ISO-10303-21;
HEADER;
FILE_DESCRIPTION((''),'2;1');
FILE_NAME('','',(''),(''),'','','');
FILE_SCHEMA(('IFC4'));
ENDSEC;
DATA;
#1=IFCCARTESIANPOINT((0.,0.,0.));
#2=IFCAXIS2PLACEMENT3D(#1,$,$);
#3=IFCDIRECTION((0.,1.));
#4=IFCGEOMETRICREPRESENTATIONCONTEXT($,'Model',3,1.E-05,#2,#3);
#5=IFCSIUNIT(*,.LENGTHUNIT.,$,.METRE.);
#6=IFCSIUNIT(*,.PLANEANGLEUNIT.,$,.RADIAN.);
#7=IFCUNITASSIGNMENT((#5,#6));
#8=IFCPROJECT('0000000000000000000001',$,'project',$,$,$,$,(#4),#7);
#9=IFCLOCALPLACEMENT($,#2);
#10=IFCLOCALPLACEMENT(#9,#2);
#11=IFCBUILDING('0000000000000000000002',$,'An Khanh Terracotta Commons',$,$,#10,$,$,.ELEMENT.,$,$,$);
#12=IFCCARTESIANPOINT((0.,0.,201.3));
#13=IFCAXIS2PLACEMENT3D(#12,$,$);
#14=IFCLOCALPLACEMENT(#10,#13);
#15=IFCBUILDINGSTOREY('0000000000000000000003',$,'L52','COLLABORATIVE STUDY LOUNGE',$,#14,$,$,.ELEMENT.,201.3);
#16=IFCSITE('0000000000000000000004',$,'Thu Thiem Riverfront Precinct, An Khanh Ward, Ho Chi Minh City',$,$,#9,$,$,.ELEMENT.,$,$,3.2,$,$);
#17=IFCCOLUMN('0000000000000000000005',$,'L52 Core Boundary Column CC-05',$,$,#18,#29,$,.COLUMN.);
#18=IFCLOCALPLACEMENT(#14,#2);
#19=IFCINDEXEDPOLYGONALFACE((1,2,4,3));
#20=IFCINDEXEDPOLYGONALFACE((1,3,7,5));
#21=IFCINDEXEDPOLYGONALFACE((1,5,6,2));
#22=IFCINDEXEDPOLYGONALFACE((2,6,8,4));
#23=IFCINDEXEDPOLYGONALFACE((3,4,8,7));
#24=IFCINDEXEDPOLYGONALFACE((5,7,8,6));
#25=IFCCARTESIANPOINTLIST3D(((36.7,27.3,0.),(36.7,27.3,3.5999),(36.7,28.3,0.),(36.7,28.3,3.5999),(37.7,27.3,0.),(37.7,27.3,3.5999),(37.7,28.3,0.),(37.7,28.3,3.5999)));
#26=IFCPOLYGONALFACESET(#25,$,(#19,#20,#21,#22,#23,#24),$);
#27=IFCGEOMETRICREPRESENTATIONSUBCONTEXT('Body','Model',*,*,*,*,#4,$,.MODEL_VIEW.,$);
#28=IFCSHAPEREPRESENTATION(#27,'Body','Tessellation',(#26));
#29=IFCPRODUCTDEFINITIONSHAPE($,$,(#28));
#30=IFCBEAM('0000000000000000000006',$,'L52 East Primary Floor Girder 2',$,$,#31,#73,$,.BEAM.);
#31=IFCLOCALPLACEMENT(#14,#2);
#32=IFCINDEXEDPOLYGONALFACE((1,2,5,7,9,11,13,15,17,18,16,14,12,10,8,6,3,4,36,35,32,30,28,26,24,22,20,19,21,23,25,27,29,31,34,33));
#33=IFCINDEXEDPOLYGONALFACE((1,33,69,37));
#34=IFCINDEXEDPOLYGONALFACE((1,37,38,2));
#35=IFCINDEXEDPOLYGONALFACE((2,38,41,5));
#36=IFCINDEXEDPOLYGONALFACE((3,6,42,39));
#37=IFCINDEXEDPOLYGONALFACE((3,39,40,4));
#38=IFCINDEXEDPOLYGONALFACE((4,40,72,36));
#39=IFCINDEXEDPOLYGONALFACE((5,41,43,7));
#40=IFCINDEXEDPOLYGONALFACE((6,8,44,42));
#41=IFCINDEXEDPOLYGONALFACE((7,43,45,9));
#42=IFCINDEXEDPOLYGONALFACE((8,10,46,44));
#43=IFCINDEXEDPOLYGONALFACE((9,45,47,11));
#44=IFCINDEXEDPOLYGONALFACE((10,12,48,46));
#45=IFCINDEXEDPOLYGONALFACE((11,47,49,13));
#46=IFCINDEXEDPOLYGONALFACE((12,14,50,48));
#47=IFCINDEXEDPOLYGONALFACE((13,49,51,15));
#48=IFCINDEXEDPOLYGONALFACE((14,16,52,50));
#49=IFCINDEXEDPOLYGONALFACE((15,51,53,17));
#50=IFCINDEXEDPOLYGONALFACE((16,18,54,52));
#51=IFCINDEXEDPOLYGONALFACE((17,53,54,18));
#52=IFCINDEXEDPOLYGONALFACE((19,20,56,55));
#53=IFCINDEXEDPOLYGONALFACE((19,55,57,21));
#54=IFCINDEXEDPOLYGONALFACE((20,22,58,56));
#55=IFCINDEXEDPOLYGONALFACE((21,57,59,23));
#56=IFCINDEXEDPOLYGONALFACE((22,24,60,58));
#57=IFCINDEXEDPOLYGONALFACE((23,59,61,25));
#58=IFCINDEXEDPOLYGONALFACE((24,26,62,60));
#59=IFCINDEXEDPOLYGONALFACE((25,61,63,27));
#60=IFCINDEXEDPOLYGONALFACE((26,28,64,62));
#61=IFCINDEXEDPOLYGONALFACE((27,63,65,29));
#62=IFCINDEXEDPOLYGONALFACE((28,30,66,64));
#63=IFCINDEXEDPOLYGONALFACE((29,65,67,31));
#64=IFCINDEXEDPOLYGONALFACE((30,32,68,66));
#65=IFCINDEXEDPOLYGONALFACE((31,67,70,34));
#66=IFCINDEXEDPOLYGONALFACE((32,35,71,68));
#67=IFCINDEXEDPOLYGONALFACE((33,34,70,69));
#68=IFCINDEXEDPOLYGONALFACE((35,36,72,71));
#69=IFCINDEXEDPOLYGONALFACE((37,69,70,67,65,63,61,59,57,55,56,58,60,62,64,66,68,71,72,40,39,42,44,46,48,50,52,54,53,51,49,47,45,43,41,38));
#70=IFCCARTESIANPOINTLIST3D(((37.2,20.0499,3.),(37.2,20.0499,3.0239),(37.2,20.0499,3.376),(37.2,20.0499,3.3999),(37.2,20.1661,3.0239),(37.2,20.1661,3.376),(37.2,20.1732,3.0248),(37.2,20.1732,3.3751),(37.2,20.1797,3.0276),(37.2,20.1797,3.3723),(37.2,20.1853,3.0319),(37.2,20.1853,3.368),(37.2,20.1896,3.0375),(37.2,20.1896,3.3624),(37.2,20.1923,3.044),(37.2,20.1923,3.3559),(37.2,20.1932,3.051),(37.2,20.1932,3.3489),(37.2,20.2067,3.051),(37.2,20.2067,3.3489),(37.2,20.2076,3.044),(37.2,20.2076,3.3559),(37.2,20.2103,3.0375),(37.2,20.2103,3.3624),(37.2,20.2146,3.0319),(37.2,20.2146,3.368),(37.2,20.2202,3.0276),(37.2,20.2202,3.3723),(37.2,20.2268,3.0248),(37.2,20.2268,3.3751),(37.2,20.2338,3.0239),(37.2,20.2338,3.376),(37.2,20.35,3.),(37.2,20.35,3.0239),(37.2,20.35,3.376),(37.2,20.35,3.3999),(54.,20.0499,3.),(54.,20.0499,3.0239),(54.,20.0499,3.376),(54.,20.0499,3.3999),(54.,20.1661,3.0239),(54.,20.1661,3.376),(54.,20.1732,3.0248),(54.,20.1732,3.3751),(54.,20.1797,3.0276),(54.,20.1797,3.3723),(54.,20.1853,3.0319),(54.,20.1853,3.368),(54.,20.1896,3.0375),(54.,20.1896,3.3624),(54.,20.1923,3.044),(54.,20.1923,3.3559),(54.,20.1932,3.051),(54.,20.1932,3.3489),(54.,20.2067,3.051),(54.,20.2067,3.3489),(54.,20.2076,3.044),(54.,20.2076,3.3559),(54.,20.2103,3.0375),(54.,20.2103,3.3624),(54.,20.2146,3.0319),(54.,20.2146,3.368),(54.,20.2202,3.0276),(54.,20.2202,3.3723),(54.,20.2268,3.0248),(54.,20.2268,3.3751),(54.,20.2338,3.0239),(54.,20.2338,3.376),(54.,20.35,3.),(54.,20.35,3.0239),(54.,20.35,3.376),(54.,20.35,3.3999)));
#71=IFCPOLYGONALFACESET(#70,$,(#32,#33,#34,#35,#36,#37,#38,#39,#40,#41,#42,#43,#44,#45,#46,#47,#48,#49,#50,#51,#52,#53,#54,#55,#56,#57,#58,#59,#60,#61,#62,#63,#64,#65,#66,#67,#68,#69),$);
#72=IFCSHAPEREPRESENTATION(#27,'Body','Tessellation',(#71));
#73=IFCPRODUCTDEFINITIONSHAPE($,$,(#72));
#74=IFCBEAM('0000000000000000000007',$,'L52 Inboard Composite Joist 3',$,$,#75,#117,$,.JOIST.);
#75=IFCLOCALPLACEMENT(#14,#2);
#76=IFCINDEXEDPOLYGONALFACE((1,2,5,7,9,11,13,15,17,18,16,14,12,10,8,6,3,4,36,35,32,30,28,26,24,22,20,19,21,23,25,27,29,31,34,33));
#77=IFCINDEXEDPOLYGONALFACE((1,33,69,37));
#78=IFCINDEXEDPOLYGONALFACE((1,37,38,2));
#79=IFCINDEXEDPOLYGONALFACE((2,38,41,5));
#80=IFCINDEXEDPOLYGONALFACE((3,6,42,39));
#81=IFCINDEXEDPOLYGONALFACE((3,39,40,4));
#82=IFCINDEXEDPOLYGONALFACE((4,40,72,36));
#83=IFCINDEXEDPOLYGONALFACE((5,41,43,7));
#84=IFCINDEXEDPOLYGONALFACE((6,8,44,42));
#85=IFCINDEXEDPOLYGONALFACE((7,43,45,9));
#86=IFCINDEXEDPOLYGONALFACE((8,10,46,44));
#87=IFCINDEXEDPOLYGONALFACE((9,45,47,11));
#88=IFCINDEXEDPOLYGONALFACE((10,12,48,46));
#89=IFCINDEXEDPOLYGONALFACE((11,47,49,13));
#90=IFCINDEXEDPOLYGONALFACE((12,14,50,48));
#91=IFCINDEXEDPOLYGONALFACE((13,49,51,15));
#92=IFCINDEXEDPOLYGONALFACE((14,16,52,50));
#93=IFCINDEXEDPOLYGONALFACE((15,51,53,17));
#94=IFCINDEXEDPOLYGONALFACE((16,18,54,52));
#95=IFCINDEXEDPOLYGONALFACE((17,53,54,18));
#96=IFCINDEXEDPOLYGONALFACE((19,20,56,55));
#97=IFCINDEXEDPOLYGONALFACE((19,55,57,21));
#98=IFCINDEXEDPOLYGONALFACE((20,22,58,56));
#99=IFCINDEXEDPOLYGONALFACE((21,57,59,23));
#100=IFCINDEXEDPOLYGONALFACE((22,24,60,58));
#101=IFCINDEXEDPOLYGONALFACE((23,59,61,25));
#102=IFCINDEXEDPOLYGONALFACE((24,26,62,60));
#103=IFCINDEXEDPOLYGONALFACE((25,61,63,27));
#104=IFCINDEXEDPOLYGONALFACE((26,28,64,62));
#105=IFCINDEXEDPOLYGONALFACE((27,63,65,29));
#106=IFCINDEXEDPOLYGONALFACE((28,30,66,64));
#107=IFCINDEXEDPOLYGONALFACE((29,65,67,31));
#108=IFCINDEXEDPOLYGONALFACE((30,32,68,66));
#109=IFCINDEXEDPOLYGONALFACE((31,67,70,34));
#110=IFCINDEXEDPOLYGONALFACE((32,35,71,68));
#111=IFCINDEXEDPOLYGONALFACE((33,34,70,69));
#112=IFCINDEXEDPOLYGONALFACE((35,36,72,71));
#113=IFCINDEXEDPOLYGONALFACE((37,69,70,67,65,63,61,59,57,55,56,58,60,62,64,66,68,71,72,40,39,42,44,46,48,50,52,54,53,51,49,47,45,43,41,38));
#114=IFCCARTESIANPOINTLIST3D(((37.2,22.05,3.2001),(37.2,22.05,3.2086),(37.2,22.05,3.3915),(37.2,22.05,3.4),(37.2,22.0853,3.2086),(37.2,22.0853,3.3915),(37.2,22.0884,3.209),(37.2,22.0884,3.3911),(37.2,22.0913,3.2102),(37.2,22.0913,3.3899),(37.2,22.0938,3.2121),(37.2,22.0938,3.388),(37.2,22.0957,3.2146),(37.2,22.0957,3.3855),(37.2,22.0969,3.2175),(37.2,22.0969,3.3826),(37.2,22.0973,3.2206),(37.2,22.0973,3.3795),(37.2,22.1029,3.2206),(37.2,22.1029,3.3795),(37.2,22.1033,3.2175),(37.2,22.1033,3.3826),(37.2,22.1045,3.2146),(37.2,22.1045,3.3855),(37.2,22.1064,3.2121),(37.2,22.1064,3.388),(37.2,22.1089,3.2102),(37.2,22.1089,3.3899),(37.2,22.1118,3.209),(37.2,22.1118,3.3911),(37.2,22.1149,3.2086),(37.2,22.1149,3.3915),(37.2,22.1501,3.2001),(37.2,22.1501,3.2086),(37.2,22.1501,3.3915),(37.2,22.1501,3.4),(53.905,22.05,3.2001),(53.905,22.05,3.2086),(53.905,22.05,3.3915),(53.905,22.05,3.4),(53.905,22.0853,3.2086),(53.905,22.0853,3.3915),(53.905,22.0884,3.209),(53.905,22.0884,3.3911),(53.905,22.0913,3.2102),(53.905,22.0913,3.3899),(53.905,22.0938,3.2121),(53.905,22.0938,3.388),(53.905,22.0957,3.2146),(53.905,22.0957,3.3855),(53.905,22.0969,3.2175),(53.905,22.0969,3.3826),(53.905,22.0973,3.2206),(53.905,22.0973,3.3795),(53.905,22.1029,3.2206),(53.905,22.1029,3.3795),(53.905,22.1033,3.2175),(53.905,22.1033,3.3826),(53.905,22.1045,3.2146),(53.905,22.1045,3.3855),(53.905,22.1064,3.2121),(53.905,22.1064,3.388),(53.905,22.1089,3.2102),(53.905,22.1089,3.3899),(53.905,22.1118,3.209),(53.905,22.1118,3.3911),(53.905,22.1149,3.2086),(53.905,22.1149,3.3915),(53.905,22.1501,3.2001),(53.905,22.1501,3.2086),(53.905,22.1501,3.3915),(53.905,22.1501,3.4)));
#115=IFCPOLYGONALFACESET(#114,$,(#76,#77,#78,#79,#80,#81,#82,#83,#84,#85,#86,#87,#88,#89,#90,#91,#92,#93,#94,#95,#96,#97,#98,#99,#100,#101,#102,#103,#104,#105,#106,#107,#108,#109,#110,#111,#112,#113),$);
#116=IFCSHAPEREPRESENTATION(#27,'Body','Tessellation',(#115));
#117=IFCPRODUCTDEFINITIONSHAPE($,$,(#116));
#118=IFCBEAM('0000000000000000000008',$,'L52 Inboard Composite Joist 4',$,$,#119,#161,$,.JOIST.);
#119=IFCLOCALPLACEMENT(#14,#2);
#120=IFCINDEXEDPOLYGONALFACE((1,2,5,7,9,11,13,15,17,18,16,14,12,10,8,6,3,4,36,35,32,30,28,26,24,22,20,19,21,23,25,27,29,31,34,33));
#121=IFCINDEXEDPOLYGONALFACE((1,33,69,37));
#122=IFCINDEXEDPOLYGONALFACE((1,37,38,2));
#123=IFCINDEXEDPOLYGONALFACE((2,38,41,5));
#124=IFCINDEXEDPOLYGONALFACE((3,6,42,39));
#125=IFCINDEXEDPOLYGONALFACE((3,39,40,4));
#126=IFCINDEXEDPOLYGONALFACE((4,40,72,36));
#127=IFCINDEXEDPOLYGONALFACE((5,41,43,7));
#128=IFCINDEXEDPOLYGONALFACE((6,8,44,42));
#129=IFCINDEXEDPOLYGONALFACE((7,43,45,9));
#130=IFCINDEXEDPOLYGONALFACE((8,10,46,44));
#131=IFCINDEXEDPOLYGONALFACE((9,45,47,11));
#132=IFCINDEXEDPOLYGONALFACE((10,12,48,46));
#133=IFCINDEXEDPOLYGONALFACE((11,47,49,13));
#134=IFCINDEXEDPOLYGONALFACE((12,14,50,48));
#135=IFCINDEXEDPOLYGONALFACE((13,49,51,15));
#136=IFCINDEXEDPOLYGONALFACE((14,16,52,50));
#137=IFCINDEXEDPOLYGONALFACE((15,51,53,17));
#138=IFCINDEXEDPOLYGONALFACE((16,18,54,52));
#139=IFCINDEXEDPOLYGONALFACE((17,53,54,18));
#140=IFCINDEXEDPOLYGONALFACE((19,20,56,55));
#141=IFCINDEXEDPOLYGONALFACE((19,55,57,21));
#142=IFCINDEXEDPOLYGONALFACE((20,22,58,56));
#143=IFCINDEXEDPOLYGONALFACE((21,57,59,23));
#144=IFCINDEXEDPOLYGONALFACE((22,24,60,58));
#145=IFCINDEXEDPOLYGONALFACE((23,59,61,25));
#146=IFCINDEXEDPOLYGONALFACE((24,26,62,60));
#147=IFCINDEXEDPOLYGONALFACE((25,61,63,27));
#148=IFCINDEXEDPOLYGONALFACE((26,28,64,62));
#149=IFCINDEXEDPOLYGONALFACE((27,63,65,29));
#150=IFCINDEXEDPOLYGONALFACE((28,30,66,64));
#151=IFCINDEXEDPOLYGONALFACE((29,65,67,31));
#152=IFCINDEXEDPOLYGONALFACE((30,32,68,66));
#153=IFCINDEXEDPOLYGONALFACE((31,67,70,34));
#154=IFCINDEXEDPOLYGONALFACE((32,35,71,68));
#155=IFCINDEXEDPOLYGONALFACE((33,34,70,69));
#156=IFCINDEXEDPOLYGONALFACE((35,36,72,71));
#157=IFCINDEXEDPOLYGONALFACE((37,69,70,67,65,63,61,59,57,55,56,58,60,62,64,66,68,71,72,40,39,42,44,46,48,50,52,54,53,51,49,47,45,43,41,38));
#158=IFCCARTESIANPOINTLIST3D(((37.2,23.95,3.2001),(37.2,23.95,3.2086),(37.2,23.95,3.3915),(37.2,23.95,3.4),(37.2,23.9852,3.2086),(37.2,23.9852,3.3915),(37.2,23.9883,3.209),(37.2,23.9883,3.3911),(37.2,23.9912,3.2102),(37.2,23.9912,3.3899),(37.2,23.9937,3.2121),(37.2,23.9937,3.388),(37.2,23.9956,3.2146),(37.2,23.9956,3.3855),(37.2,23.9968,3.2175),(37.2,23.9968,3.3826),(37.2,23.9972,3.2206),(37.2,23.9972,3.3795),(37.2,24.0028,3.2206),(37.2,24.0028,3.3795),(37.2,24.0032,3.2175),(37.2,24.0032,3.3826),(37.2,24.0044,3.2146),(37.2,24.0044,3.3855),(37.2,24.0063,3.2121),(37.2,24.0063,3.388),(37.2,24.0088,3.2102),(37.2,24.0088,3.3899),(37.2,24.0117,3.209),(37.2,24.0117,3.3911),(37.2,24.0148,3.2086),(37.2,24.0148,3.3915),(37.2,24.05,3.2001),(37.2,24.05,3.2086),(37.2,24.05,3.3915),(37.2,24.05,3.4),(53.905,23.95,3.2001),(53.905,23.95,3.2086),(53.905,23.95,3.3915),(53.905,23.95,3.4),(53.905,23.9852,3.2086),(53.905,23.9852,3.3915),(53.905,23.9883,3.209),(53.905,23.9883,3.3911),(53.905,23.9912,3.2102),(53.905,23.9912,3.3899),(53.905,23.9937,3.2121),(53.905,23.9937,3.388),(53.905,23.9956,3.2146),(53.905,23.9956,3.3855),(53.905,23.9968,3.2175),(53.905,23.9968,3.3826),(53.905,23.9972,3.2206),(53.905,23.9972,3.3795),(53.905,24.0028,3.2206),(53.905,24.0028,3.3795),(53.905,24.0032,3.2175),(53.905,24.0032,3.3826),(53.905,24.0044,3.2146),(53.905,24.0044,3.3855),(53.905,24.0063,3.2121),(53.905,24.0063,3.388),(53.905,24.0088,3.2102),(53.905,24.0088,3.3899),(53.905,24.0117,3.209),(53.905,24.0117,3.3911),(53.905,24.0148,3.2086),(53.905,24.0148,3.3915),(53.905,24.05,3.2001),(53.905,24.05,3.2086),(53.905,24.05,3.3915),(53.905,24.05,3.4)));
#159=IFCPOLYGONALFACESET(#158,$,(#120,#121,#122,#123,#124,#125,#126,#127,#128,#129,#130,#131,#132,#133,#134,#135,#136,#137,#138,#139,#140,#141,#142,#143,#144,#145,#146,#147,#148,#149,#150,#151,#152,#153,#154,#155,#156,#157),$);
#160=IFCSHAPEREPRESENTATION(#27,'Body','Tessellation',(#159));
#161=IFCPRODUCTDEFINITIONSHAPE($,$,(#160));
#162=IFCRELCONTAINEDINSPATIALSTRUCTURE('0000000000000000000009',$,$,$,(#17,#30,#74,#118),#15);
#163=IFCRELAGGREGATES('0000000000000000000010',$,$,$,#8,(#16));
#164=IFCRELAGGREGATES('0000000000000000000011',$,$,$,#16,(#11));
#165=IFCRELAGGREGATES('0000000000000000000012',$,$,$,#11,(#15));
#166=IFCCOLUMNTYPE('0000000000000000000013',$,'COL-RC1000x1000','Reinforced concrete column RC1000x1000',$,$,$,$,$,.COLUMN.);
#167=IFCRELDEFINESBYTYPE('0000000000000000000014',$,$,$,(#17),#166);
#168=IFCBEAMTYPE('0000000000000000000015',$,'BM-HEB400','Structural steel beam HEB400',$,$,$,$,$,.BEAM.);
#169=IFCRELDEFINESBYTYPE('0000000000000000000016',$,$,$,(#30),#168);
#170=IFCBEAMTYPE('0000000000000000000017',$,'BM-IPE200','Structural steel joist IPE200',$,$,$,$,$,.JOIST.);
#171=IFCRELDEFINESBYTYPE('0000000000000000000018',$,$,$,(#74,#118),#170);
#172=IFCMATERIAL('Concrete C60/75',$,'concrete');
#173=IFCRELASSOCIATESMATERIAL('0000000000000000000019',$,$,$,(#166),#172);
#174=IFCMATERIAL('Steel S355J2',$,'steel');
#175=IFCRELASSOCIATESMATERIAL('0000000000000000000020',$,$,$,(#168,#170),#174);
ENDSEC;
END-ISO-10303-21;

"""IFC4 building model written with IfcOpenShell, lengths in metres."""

from ifc_helpers import new_model, si_unit, direction, frame, origin, origin_2d, place, context, subcontext, project, spatial, rectangle, i_section, extrude, material, material_profile, profile_set, type_object, element, save


model = new_model("IFC4")

# Units and contexts
model_context = context("Model", 3, precision=1e-05, world=origin(), true_north=direction((0.0, 1.0)))
body_context = subcontext(model_context, "Body", "Model", "MODEL_VIEW")
ifc_project = project(units=[si_unit("LENGTHUNIT", "METRE"), si_unit("PLANEANGLEUNIT", "RADIAN")], contexts=[model_context])

# Site, building, storey
site_placement = place(None, origin())
site = spatial("IfcSite", under=ifc_project, at=site_placement, Name="Thu Thiem Riverfront Precinct, An Khanh Ward, Ho Chi Minh City", CompositionType="ELEMENT", RefElevation=3.2)
building_placement = place(site_placement, origin())
building = spatial("IfcBuilding", under=site, at=building_placement, Name="An Khanh Terracotta Commons", CompositionType="ELEMENT")
storey_placement = place(building_placement, frame((0.0, 0.0, 201.3)))
storey = spatial("IfcBuildingStorey", under=building, at=storey_placement, Name="L52", Description="COLLABORATIVE STUDY LOUNGE", CompositionType="ELEMENT", Elevation=201.3)

# Column
ifc_material_1 = material(Name="Concrete C60/75", Category="concrete")
ifc_material_profile_1 = material_profile(ifc_material_1, rectangle(XDim=1.0, YDim=1.0, at=origin_2d()), Name="RC1000x1000")
ifc_profile_set_1 = profile_set([ifc_material_profile_1], Name="Concrete C60/75")
column_type = type_object("IfcColumnType", Name="COL-RC1000x1000", Description="Reinforced concrete column RC1000x1000", PredefinedType="COLUMN", material=ifc_profile_set_1)
column_placement = place(storey_placement, frame((37.2, 27.8, 0.0), z_axis=(0.0, 0.0, 1.0), x_axis=(1.0, 0.0, 0.0)))
element("IfcColumn", 1, at=column_placement, inside=storey, type_object=column_type, Name="L52 Core Boundary Column CC-05", PredefinedType="COLUMN", context=body_context, shape_type="SweptSolid", body=[
    extrude(rectangle(XDim=1.0, YDim=1.0, at=origin_2d()), origin(), (0.0, 0.0, 1.0), 3.5999),
])

# Beams
ifc_material_2 = material(Name="Steel S355J2", Category="steel")
ifc_material_profile_2 = material_profile(ifc_material_2, i_section(OverallWidth=0.3, OverallDepth=0.3999, WebThickness=0.0134, FlangeThickness=0.0239, FilletRadius=0.0271, at=origin_2d()), Name="HEB400")
ifc_profile_set_2 = profile_set([ifc_material_profile_2], Name="Steel S355J2")
beam_type_1 = type_object("IfcBeamType", Name="BM-HEB400", Description="Structural steel beam HEB400", PredefinedType="BEAM", material=ifc_profile_set_2)
beam_placement = place(storey_placement, frame((37.2, 20.2, 3.2), z_axis=(1.0, 0.0, 0.0), x_axis=(0.0, 1.0, 0.0)))
element("IfcBeam", 2, at=beam_placement, inside=storey, type_object=beam_type_1, Name="L52 East Primary Floor Girder 2", PredefinedType="BEAM", context=body_context, shape_type="SweptSolid", body=[
    extrude(i_section(OverallWidth=0.3, OverallDepth=0.3999, WebThickness=0.0134, FlangeThickness=0.0239, FilletRadius=0.0271, at=origin_2d()), origin(), (0.0, 0.0, 1.0), 16.8),
])
ifc_material_profile_3 = material_profile(ifc_material_2, i_section(OverallWidth=0.1001, OverallDepth=0.2, WebThickness=0.0056, FlangeThickness=0.0085, FilletRadius=0.012, at=origin_2d()), Name="IPE200")
ifc_profile_set_3 = profile_set([ifc_material_profile_3], Name="Steel S355J2")
beam_type_2 = type_object("IfcBeamType", Name="BM-IPE200", Description="Structural steel joist IPE200", PredefinedType="JOIST", material=ifc_profile_set_3)
for number, where, z_axis, x_axis, name in (
    (3, (37.2, 22.1001, 3.3), (1.0, 0.0, 0.0), (0.0, 1.0, 0.0), "L52 Inboard Composite Joist 3"),
    (4, (37.2, 24.0, 3.3), (1.0, 0.0, 0.0), (0.0, 1.0, 0.0), "L52 Inboard Composite Joist 4"),
):
    element("IfcBeam", number, at=place(storey_placement, frame(where, z_axis=z_axis, x_axis=x_axis)), inside=storey, type_object=beam_type_2, Name=name, PredefinedType="JOIST", context=body_context, shape_type="SweptSolid", body=[
        extrude(i_section(OverallWidth=0.1001, OverallDepth=0.2, WebThickness=0.0056, FlangeThickness=0.0085, FilletRadius=0.012, at=origin_2d()), origin(), (0.0, 0.0, 1.0), 16.7051),
    ])

save(model, "model.ifc")
